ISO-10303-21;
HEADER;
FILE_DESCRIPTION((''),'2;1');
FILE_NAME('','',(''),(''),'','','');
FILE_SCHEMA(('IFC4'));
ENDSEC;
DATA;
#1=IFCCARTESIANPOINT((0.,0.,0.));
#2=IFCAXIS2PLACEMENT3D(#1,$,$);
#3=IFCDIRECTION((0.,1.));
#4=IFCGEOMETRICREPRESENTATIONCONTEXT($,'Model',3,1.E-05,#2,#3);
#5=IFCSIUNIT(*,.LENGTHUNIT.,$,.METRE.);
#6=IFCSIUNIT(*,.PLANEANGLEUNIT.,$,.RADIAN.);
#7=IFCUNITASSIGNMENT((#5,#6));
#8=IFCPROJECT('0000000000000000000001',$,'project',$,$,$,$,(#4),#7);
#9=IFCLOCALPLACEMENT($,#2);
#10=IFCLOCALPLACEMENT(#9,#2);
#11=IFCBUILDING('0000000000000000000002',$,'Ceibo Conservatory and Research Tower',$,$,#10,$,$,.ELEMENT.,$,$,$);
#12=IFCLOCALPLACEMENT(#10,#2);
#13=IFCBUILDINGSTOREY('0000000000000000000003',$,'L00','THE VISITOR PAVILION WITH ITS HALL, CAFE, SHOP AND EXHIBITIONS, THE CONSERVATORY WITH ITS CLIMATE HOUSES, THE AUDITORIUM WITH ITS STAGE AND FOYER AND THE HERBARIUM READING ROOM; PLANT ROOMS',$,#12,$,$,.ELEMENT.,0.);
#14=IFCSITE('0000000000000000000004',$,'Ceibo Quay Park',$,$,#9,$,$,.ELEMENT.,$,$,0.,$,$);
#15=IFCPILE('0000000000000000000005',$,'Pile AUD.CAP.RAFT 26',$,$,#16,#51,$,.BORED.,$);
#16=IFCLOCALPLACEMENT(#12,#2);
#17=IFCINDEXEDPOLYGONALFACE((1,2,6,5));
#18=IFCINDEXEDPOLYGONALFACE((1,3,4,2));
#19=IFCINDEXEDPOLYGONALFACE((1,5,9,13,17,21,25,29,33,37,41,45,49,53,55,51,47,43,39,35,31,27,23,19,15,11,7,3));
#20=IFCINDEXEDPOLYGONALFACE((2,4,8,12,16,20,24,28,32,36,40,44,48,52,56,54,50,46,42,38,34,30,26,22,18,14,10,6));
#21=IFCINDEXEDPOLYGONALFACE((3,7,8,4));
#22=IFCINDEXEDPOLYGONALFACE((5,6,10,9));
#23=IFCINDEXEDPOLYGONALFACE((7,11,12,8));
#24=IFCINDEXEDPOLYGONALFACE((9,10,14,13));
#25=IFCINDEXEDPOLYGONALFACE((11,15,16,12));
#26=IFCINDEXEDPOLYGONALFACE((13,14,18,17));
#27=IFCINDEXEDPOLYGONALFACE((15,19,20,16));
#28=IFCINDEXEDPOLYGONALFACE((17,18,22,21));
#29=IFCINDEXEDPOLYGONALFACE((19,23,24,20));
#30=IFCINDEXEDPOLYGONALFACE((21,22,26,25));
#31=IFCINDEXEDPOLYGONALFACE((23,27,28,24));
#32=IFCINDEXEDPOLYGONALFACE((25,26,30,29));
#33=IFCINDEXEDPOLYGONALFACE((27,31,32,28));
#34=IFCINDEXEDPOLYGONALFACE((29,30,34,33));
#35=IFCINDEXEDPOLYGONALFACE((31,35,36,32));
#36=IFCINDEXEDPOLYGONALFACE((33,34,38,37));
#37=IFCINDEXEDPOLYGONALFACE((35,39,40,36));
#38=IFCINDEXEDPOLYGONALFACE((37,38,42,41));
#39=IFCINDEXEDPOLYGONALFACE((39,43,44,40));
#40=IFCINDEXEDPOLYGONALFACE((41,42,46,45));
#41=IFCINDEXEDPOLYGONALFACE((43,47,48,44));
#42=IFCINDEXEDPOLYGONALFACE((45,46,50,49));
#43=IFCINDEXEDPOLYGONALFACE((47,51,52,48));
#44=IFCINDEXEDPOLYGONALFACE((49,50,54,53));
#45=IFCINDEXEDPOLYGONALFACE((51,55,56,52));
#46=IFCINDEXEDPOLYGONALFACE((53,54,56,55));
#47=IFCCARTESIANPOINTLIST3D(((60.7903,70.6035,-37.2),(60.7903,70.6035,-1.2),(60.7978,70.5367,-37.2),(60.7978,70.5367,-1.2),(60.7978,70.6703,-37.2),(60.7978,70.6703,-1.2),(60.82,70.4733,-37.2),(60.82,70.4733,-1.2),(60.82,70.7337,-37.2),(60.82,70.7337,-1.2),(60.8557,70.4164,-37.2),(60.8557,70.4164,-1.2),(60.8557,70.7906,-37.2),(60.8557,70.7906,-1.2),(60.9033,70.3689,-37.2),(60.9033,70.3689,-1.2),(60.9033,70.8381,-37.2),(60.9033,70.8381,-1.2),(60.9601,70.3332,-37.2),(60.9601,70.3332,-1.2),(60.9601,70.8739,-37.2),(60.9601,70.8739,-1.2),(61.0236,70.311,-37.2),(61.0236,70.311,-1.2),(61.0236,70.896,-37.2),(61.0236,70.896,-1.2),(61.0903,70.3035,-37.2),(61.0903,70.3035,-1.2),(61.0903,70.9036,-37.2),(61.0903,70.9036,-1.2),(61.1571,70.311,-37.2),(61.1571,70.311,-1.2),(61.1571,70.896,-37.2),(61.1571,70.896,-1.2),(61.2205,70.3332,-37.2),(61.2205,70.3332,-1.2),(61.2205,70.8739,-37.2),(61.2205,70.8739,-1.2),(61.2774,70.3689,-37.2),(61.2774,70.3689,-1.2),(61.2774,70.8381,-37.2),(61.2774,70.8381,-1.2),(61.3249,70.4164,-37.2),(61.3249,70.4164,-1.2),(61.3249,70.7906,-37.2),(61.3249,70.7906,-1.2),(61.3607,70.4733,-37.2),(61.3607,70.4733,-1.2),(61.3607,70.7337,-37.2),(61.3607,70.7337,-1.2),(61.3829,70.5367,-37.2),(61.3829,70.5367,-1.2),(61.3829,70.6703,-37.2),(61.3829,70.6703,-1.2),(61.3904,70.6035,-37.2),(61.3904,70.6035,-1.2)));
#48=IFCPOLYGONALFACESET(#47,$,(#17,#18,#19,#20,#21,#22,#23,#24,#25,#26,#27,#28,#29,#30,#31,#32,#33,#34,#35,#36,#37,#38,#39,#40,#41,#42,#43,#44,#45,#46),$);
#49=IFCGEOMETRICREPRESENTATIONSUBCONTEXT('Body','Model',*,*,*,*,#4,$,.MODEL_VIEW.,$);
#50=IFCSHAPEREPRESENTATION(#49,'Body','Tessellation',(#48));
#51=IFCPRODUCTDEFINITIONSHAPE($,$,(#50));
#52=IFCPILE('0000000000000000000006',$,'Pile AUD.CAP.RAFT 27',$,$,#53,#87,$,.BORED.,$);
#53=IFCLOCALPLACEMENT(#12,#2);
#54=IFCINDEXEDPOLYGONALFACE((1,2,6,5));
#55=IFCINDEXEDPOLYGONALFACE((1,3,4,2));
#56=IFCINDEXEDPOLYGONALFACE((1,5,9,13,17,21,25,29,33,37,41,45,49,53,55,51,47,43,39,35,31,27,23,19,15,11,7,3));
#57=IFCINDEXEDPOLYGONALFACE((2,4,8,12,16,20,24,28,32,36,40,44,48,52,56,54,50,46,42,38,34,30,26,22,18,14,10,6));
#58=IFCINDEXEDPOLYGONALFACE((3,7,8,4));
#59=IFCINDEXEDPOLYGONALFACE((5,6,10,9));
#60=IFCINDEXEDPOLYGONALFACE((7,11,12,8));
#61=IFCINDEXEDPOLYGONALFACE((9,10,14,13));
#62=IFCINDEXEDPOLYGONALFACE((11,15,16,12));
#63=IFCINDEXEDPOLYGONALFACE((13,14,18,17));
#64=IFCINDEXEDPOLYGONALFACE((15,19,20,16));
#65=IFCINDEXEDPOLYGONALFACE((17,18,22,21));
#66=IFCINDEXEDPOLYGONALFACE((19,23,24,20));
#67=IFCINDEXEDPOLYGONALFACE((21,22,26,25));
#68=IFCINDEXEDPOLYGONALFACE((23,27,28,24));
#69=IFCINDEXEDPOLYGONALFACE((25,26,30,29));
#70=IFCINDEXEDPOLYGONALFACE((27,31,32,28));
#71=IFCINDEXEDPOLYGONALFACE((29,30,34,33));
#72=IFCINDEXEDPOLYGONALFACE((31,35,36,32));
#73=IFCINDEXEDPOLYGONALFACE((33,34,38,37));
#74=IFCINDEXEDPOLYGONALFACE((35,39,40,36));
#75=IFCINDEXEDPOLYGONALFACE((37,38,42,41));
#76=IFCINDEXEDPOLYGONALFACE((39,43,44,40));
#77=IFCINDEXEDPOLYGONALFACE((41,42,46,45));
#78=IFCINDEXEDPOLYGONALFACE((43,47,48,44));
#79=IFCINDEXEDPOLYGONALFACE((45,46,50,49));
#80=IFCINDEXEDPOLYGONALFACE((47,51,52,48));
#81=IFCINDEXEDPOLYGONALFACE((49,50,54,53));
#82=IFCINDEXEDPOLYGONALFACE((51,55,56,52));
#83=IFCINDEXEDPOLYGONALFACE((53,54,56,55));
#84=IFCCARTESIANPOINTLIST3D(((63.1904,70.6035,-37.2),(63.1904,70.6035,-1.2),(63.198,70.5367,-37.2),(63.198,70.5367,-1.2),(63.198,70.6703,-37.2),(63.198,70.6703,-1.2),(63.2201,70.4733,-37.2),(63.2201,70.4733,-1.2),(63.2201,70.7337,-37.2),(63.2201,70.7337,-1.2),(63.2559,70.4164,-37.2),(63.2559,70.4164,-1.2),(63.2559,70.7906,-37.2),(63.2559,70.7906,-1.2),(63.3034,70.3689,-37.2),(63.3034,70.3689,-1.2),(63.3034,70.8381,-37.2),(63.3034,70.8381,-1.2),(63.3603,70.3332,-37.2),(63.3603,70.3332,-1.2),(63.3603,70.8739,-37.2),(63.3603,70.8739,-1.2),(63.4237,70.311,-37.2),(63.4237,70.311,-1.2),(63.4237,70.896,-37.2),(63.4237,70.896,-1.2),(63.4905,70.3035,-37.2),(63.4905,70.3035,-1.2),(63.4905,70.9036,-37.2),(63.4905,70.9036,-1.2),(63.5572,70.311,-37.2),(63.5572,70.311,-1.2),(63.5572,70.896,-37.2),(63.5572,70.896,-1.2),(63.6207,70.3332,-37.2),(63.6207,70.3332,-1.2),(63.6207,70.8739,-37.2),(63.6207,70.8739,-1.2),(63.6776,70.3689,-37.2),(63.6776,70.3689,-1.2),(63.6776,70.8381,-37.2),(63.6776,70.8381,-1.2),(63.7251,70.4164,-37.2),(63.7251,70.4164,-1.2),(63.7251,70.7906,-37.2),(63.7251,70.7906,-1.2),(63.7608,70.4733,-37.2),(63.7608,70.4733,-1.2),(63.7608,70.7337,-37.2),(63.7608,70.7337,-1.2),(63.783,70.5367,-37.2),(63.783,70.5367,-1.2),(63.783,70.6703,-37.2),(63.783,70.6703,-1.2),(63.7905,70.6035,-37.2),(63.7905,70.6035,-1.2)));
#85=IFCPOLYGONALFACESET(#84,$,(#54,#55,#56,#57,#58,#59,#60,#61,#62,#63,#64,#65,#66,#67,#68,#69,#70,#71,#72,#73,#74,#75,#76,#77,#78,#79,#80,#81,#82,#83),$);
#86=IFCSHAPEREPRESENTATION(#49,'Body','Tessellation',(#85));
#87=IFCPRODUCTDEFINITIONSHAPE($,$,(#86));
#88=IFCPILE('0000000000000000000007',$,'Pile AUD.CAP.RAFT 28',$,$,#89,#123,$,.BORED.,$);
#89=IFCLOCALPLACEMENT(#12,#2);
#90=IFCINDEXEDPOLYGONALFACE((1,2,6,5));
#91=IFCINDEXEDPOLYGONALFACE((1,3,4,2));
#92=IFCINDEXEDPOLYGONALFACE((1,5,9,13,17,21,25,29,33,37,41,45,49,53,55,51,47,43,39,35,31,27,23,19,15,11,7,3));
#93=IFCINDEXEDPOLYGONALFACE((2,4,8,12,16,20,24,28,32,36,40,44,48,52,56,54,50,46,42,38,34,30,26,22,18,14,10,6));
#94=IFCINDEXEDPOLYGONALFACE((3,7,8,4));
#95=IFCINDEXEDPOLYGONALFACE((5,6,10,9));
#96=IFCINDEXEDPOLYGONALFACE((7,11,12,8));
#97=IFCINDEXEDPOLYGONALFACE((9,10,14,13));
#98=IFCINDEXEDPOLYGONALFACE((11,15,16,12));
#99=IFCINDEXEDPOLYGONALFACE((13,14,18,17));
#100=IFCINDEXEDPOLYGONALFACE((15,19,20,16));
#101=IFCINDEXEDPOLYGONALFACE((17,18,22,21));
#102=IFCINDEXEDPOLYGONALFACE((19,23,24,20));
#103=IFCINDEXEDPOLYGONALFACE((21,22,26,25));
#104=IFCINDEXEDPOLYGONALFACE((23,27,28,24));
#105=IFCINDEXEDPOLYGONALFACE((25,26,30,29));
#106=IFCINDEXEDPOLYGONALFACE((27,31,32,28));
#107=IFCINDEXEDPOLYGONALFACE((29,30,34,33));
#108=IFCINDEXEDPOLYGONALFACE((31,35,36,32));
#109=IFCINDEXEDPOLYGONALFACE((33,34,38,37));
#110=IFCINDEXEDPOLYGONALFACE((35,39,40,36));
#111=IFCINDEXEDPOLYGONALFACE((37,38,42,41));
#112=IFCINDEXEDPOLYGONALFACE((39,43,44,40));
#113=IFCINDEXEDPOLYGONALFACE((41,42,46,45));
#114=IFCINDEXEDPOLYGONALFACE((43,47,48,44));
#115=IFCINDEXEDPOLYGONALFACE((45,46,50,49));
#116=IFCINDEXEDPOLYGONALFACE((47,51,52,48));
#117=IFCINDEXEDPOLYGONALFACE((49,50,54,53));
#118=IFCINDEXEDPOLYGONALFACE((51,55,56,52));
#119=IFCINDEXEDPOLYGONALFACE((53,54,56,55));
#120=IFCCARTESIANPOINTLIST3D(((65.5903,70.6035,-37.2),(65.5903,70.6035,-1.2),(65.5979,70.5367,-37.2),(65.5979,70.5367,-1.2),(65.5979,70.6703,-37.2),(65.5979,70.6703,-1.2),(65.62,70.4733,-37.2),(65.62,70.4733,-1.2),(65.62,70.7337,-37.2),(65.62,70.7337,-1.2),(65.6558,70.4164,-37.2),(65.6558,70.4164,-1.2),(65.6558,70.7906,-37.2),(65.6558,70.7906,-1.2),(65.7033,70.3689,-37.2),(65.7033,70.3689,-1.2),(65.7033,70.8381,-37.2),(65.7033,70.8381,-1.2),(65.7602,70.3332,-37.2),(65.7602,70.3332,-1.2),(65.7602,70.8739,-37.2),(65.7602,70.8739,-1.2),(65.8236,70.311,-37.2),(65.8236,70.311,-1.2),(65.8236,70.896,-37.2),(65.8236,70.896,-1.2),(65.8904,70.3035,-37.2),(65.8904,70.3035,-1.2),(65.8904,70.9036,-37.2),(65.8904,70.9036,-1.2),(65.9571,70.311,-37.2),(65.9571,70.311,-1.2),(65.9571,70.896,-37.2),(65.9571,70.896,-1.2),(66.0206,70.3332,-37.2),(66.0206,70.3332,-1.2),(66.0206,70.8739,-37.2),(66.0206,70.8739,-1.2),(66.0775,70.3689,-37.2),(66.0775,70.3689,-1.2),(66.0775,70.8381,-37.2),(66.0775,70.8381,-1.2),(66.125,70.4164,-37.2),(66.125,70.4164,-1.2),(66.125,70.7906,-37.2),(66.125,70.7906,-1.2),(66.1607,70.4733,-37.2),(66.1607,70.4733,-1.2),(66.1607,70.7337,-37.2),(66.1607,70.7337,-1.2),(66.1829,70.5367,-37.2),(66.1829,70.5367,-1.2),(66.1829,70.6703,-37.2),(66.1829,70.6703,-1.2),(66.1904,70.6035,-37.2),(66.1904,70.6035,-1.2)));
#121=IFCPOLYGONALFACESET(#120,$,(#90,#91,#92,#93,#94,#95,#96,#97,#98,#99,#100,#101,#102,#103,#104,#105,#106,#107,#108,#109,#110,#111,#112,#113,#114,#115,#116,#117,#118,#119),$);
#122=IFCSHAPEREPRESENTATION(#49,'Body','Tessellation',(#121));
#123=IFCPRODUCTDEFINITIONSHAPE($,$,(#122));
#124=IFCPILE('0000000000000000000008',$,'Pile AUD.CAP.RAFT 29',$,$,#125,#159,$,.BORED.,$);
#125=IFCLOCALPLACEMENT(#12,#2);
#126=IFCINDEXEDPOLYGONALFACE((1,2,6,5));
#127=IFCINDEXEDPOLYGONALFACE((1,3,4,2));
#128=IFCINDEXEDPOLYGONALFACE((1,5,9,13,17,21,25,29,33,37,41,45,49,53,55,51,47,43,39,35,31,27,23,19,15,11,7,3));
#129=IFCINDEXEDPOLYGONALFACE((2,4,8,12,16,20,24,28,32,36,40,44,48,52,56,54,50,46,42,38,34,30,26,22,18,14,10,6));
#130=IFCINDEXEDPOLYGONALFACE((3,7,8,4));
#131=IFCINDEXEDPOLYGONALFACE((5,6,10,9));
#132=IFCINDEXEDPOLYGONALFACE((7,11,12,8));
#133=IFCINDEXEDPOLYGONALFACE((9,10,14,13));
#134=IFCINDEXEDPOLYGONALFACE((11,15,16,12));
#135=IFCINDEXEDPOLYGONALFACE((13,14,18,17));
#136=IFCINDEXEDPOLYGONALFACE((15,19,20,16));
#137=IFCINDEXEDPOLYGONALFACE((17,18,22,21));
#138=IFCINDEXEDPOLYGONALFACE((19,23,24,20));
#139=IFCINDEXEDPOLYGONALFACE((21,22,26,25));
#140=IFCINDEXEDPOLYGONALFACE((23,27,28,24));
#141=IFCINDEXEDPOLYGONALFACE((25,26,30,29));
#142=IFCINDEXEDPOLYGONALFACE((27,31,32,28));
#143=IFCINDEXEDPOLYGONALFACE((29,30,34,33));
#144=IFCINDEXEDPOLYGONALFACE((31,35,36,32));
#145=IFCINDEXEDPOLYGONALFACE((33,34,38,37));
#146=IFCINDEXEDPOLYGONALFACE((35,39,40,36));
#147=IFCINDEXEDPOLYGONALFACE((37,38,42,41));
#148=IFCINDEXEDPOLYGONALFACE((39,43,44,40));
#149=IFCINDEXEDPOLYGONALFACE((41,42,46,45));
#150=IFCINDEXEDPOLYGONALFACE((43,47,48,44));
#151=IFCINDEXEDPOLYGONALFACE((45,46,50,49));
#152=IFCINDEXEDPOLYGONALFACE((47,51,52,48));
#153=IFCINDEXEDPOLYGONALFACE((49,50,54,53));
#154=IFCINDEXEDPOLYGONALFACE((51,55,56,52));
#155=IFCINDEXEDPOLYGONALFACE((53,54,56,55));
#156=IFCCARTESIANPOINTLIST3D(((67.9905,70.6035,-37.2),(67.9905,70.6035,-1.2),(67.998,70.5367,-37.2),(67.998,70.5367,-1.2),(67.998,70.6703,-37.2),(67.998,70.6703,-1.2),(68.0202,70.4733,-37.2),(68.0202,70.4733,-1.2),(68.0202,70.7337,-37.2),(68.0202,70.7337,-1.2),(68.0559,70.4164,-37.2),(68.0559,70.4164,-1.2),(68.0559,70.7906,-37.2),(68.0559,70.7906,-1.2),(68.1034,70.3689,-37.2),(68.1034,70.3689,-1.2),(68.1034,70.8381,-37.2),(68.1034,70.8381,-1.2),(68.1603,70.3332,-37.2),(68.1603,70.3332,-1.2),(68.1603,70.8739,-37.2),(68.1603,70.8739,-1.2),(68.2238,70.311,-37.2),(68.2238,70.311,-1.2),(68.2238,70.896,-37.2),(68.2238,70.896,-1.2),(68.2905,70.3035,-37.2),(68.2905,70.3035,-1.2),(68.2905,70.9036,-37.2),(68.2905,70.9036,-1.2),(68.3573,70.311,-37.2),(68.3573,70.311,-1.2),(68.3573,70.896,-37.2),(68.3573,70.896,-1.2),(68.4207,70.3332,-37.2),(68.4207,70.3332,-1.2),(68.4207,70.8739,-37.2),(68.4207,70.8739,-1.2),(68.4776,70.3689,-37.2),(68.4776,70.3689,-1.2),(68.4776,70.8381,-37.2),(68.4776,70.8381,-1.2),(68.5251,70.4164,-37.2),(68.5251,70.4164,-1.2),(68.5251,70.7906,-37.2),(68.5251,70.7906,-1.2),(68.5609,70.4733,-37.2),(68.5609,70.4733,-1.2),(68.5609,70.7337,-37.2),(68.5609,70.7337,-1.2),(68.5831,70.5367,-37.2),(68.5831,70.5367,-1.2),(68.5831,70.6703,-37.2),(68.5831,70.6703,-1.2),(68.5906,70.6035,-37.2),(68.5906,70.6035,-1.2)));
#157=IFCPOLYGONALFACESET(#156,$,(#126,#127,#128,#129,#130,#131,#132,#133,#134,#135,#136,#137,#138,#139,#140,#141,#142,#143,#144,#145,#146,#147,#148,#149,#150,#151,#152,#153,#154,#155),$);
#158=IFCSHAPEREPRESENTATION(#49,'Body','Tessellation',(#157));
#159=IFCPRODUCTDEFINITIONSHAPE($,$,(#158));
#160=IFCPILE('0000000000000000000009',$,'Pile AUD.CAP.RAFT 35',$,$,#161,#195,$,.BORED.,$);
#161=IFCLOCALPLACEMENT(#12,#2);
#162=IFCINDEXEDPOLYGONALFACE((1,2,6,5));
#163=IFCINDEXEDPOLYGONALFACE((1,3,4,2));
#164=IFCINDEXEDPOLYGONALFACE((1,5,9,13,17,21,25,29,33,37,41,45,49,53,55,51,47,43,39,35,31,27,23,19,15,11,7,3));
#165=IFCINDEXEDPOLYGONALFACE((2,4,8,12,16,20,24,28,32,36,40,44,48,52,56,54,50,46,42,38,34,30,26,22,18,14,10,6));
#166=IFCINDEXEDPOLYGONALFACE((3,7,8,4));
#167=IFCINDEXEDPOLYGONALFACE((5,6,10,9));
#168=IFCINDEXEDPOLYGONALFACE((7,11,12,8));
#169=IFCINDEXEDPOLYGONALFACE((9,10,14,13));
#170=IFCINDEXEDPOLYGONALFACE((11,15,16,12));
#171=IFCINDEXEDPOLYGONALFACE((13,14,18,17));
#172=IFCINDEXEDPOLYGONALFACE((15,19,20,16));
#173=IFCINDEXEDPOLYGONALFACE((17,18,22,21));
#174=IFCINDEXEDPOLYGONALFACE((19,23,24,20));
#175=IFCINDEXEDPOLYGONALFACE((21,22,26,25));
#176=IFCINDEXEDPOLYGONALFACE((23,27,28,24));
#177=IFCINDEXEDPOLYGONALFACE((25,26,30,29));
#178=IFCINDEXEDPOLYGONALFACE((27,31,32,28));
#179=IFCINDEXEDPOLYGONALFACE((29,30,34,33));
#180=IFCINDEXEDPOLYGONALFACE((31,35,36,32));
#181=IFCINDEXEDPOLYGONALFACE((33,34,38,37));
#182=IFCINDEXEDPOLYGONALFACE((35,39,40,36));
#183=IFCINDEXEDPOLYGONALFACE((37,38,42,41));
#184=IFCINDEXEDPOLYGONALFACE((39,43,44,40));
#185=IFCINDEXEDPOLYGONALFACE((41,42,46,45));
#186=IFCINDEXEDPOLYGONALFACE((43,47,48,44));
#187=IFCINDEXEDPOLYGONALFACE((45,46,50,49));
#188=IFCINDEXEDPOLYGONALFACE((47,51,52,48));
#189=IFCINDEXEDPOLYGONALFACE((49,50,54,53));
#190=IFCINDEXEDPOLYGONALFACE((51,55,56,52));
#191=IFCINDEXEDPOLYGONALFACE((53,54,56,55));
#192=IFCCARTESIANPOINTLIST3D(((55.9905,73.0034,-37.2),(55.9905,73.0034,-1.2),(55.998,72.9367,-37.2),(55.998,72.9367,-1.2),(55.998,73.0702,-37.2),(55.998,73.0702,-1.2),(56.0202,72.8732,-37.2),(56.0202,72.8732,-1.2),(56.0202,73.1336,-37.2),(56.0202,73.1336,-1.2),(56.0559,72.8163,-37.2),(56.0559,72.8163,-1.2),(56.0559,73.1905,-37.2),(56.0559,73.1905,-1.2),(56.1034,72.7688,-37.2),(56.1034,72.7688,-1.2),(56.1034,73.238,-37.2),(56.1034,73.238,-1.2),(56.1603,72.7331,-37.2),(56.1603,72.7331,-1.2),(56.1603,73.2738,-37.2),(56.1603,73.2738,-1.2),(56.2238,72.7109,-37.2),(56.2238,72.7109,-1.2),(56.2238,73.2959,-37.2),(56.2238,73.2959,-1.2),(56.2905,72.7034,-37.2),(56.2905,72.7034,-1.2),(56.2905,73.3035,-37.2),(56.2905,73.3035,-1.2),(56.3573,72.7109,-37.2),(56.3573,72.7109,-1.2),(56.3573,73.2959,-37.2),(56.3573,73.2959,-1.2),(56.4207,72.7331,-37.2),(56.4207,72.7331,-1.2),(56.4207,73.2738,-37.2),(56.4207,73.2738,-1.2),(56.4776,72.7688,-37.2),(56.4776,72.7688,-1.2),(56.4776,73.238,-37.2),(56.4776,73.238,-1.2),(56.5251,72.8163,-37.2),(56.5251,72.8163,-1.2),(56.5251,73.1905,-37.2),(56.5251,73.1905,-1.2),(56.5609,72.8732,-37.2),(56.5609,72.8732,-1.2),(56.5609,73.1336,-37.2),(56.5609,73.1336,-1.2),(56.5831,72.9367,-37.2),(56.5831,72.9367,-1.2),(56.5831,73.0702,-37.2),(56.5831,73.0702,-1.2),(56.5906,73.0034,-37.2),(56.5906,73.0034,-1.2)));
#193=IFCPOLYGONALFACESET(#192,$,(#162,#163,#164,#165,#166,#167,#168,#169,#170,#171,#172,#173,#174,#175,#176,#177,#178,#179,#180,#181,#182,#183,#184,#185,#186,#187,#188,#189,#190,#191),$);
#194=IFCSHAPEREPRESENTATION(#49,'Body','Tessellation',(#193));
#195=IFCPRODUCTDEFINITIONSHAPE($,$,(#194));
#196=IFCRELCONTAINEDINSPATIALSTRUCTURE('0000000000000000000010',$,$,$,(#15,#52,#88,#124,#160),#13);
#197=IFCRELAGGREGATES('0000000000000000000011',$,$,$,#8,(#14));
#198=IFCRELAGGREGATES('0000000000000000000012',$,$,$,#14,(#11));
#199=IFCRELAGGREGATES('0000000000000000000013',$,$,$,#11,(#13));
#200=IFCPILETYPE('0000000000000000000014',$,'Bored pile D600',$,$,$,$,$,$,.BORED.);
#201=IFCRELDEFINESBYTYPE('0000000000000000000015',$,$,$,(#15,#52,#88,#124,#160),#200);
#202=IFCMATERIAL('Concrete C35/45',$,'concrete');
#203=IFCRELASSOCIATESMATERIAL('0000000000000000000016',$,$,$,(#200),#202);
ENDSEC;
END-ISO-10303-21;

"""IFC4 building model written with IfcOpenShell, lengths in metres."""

from ifc_helpers import new_model, si_unit, direction, frame, origin, origin_2d, place, context, subcontext, project, spatial, circle, extrude, material, material_profile, profile_set, type_object, element, save


model = new_model("IFC4")

# Units and contexts
model_context = context("Model", 3, precision=1e-05, world=origin(), true_north=direction((0.0, 1.0)))
body_context = subcontext(model_context, "Body", "Model", "MODEL_VIEW")
ifc_project = project(units=[si_unit("LENGTHUNIT", "METRE"), si_unit("PLANEANGLEUNIT", "RADIAN")], contexts=[model_context])

# Site, building, storey
site_placement = place(None, origin())
site = spatial("IfcSite", under=ifc_project, at=site_placement, Name="Ceibo Quay Park", CompositionType="ELEMENT", RefElevation=0.0)
building_placement = place(site_placement, origin())
building = spatial("IfcBuilding", under=site, at=building_placement, Name="Ceibo Conservatory and Research Tower", CompositionType="ELEMENT")
storey_placement = place(building_placement, origin())
storey = spatial("IfcBuildingStorey", under=building, at=storey_placement, Name="L00", Description="THE VISITOR PAVILION WITH ITS HALL, CAFE, SHOP AND EXHIBITIONS, THE CONSERVATORY WITH ITS CLIMATE HOUSES, THE AUDITORIUM WITH ITS STAGE AND FOYER AND THE HERBARIUM READING ROOM; PLANT ROOMS", CompositionType="ELEMENT", Elevation=0.0)

# Piles
ifc_material_1 = material(Name="Concrete C35/45", Category="concrete")
ifc_material_profile_1 = material_profile(ifc_material_1, circle(Radius=0.3, at=origin_2d()), Name="RC D600")
ifc_profile_set_1 = profile_set([ifc_material_profile_1], Name="Concrete C35/45")
pile_type = type_object("IfcPileType", Name="Bored pile D600", PredefinedType="BORED", material=ifc_profile_set_1)
for number, where, z_axis, x_axis, name in (
    (1, (61.0903, 70.6035, -1.2), (0.0, 0.0, -1.0), (1.0, 0.0, 0.0), "Pile AUD.CAP.RAFT 26"),
    (2, (63.4905, 70.6035, -1.2), (0.0, 0.0, -1.0), (1.0, 0.0, 0.0), "Pile AUD.CAP.RAFT 27"),
    (3, (65.8904, 70.6035, -1.2), (0.0, 0.0, -1.0), (1.0, 0.0, 0.0), "Pile AUD.CAP.RAFT 28"),
    (4, (68.2905, 70.6035, -1.2), (0.0, 0.0, -1.0), (1.0, 0.0, 0.0), "Pile AUD.CAP.RAFT 29"),
    (5, (56.2905, 73.0034, -1.2), (0.0, 0.0, -1.0), (1.0, 0.0, 0.0), "Pile AUD.CAP.RAFT 35"),
):
    element("IfcPile", number, at=place(storey_placement, frame(where, z_axis=z_axis, x_axis=x_axis)), inside=storey, type_object=pile_type, Name=name, PredefinedType="BORED", context=body_context, shape_type="SweptSolid", body=[
        extrude(circle(Radius=0.3, at=origin_2d()), origin(), (0.0, 0.0, 1.0), 36.0),
    ])

save(model, "model.ifc")
